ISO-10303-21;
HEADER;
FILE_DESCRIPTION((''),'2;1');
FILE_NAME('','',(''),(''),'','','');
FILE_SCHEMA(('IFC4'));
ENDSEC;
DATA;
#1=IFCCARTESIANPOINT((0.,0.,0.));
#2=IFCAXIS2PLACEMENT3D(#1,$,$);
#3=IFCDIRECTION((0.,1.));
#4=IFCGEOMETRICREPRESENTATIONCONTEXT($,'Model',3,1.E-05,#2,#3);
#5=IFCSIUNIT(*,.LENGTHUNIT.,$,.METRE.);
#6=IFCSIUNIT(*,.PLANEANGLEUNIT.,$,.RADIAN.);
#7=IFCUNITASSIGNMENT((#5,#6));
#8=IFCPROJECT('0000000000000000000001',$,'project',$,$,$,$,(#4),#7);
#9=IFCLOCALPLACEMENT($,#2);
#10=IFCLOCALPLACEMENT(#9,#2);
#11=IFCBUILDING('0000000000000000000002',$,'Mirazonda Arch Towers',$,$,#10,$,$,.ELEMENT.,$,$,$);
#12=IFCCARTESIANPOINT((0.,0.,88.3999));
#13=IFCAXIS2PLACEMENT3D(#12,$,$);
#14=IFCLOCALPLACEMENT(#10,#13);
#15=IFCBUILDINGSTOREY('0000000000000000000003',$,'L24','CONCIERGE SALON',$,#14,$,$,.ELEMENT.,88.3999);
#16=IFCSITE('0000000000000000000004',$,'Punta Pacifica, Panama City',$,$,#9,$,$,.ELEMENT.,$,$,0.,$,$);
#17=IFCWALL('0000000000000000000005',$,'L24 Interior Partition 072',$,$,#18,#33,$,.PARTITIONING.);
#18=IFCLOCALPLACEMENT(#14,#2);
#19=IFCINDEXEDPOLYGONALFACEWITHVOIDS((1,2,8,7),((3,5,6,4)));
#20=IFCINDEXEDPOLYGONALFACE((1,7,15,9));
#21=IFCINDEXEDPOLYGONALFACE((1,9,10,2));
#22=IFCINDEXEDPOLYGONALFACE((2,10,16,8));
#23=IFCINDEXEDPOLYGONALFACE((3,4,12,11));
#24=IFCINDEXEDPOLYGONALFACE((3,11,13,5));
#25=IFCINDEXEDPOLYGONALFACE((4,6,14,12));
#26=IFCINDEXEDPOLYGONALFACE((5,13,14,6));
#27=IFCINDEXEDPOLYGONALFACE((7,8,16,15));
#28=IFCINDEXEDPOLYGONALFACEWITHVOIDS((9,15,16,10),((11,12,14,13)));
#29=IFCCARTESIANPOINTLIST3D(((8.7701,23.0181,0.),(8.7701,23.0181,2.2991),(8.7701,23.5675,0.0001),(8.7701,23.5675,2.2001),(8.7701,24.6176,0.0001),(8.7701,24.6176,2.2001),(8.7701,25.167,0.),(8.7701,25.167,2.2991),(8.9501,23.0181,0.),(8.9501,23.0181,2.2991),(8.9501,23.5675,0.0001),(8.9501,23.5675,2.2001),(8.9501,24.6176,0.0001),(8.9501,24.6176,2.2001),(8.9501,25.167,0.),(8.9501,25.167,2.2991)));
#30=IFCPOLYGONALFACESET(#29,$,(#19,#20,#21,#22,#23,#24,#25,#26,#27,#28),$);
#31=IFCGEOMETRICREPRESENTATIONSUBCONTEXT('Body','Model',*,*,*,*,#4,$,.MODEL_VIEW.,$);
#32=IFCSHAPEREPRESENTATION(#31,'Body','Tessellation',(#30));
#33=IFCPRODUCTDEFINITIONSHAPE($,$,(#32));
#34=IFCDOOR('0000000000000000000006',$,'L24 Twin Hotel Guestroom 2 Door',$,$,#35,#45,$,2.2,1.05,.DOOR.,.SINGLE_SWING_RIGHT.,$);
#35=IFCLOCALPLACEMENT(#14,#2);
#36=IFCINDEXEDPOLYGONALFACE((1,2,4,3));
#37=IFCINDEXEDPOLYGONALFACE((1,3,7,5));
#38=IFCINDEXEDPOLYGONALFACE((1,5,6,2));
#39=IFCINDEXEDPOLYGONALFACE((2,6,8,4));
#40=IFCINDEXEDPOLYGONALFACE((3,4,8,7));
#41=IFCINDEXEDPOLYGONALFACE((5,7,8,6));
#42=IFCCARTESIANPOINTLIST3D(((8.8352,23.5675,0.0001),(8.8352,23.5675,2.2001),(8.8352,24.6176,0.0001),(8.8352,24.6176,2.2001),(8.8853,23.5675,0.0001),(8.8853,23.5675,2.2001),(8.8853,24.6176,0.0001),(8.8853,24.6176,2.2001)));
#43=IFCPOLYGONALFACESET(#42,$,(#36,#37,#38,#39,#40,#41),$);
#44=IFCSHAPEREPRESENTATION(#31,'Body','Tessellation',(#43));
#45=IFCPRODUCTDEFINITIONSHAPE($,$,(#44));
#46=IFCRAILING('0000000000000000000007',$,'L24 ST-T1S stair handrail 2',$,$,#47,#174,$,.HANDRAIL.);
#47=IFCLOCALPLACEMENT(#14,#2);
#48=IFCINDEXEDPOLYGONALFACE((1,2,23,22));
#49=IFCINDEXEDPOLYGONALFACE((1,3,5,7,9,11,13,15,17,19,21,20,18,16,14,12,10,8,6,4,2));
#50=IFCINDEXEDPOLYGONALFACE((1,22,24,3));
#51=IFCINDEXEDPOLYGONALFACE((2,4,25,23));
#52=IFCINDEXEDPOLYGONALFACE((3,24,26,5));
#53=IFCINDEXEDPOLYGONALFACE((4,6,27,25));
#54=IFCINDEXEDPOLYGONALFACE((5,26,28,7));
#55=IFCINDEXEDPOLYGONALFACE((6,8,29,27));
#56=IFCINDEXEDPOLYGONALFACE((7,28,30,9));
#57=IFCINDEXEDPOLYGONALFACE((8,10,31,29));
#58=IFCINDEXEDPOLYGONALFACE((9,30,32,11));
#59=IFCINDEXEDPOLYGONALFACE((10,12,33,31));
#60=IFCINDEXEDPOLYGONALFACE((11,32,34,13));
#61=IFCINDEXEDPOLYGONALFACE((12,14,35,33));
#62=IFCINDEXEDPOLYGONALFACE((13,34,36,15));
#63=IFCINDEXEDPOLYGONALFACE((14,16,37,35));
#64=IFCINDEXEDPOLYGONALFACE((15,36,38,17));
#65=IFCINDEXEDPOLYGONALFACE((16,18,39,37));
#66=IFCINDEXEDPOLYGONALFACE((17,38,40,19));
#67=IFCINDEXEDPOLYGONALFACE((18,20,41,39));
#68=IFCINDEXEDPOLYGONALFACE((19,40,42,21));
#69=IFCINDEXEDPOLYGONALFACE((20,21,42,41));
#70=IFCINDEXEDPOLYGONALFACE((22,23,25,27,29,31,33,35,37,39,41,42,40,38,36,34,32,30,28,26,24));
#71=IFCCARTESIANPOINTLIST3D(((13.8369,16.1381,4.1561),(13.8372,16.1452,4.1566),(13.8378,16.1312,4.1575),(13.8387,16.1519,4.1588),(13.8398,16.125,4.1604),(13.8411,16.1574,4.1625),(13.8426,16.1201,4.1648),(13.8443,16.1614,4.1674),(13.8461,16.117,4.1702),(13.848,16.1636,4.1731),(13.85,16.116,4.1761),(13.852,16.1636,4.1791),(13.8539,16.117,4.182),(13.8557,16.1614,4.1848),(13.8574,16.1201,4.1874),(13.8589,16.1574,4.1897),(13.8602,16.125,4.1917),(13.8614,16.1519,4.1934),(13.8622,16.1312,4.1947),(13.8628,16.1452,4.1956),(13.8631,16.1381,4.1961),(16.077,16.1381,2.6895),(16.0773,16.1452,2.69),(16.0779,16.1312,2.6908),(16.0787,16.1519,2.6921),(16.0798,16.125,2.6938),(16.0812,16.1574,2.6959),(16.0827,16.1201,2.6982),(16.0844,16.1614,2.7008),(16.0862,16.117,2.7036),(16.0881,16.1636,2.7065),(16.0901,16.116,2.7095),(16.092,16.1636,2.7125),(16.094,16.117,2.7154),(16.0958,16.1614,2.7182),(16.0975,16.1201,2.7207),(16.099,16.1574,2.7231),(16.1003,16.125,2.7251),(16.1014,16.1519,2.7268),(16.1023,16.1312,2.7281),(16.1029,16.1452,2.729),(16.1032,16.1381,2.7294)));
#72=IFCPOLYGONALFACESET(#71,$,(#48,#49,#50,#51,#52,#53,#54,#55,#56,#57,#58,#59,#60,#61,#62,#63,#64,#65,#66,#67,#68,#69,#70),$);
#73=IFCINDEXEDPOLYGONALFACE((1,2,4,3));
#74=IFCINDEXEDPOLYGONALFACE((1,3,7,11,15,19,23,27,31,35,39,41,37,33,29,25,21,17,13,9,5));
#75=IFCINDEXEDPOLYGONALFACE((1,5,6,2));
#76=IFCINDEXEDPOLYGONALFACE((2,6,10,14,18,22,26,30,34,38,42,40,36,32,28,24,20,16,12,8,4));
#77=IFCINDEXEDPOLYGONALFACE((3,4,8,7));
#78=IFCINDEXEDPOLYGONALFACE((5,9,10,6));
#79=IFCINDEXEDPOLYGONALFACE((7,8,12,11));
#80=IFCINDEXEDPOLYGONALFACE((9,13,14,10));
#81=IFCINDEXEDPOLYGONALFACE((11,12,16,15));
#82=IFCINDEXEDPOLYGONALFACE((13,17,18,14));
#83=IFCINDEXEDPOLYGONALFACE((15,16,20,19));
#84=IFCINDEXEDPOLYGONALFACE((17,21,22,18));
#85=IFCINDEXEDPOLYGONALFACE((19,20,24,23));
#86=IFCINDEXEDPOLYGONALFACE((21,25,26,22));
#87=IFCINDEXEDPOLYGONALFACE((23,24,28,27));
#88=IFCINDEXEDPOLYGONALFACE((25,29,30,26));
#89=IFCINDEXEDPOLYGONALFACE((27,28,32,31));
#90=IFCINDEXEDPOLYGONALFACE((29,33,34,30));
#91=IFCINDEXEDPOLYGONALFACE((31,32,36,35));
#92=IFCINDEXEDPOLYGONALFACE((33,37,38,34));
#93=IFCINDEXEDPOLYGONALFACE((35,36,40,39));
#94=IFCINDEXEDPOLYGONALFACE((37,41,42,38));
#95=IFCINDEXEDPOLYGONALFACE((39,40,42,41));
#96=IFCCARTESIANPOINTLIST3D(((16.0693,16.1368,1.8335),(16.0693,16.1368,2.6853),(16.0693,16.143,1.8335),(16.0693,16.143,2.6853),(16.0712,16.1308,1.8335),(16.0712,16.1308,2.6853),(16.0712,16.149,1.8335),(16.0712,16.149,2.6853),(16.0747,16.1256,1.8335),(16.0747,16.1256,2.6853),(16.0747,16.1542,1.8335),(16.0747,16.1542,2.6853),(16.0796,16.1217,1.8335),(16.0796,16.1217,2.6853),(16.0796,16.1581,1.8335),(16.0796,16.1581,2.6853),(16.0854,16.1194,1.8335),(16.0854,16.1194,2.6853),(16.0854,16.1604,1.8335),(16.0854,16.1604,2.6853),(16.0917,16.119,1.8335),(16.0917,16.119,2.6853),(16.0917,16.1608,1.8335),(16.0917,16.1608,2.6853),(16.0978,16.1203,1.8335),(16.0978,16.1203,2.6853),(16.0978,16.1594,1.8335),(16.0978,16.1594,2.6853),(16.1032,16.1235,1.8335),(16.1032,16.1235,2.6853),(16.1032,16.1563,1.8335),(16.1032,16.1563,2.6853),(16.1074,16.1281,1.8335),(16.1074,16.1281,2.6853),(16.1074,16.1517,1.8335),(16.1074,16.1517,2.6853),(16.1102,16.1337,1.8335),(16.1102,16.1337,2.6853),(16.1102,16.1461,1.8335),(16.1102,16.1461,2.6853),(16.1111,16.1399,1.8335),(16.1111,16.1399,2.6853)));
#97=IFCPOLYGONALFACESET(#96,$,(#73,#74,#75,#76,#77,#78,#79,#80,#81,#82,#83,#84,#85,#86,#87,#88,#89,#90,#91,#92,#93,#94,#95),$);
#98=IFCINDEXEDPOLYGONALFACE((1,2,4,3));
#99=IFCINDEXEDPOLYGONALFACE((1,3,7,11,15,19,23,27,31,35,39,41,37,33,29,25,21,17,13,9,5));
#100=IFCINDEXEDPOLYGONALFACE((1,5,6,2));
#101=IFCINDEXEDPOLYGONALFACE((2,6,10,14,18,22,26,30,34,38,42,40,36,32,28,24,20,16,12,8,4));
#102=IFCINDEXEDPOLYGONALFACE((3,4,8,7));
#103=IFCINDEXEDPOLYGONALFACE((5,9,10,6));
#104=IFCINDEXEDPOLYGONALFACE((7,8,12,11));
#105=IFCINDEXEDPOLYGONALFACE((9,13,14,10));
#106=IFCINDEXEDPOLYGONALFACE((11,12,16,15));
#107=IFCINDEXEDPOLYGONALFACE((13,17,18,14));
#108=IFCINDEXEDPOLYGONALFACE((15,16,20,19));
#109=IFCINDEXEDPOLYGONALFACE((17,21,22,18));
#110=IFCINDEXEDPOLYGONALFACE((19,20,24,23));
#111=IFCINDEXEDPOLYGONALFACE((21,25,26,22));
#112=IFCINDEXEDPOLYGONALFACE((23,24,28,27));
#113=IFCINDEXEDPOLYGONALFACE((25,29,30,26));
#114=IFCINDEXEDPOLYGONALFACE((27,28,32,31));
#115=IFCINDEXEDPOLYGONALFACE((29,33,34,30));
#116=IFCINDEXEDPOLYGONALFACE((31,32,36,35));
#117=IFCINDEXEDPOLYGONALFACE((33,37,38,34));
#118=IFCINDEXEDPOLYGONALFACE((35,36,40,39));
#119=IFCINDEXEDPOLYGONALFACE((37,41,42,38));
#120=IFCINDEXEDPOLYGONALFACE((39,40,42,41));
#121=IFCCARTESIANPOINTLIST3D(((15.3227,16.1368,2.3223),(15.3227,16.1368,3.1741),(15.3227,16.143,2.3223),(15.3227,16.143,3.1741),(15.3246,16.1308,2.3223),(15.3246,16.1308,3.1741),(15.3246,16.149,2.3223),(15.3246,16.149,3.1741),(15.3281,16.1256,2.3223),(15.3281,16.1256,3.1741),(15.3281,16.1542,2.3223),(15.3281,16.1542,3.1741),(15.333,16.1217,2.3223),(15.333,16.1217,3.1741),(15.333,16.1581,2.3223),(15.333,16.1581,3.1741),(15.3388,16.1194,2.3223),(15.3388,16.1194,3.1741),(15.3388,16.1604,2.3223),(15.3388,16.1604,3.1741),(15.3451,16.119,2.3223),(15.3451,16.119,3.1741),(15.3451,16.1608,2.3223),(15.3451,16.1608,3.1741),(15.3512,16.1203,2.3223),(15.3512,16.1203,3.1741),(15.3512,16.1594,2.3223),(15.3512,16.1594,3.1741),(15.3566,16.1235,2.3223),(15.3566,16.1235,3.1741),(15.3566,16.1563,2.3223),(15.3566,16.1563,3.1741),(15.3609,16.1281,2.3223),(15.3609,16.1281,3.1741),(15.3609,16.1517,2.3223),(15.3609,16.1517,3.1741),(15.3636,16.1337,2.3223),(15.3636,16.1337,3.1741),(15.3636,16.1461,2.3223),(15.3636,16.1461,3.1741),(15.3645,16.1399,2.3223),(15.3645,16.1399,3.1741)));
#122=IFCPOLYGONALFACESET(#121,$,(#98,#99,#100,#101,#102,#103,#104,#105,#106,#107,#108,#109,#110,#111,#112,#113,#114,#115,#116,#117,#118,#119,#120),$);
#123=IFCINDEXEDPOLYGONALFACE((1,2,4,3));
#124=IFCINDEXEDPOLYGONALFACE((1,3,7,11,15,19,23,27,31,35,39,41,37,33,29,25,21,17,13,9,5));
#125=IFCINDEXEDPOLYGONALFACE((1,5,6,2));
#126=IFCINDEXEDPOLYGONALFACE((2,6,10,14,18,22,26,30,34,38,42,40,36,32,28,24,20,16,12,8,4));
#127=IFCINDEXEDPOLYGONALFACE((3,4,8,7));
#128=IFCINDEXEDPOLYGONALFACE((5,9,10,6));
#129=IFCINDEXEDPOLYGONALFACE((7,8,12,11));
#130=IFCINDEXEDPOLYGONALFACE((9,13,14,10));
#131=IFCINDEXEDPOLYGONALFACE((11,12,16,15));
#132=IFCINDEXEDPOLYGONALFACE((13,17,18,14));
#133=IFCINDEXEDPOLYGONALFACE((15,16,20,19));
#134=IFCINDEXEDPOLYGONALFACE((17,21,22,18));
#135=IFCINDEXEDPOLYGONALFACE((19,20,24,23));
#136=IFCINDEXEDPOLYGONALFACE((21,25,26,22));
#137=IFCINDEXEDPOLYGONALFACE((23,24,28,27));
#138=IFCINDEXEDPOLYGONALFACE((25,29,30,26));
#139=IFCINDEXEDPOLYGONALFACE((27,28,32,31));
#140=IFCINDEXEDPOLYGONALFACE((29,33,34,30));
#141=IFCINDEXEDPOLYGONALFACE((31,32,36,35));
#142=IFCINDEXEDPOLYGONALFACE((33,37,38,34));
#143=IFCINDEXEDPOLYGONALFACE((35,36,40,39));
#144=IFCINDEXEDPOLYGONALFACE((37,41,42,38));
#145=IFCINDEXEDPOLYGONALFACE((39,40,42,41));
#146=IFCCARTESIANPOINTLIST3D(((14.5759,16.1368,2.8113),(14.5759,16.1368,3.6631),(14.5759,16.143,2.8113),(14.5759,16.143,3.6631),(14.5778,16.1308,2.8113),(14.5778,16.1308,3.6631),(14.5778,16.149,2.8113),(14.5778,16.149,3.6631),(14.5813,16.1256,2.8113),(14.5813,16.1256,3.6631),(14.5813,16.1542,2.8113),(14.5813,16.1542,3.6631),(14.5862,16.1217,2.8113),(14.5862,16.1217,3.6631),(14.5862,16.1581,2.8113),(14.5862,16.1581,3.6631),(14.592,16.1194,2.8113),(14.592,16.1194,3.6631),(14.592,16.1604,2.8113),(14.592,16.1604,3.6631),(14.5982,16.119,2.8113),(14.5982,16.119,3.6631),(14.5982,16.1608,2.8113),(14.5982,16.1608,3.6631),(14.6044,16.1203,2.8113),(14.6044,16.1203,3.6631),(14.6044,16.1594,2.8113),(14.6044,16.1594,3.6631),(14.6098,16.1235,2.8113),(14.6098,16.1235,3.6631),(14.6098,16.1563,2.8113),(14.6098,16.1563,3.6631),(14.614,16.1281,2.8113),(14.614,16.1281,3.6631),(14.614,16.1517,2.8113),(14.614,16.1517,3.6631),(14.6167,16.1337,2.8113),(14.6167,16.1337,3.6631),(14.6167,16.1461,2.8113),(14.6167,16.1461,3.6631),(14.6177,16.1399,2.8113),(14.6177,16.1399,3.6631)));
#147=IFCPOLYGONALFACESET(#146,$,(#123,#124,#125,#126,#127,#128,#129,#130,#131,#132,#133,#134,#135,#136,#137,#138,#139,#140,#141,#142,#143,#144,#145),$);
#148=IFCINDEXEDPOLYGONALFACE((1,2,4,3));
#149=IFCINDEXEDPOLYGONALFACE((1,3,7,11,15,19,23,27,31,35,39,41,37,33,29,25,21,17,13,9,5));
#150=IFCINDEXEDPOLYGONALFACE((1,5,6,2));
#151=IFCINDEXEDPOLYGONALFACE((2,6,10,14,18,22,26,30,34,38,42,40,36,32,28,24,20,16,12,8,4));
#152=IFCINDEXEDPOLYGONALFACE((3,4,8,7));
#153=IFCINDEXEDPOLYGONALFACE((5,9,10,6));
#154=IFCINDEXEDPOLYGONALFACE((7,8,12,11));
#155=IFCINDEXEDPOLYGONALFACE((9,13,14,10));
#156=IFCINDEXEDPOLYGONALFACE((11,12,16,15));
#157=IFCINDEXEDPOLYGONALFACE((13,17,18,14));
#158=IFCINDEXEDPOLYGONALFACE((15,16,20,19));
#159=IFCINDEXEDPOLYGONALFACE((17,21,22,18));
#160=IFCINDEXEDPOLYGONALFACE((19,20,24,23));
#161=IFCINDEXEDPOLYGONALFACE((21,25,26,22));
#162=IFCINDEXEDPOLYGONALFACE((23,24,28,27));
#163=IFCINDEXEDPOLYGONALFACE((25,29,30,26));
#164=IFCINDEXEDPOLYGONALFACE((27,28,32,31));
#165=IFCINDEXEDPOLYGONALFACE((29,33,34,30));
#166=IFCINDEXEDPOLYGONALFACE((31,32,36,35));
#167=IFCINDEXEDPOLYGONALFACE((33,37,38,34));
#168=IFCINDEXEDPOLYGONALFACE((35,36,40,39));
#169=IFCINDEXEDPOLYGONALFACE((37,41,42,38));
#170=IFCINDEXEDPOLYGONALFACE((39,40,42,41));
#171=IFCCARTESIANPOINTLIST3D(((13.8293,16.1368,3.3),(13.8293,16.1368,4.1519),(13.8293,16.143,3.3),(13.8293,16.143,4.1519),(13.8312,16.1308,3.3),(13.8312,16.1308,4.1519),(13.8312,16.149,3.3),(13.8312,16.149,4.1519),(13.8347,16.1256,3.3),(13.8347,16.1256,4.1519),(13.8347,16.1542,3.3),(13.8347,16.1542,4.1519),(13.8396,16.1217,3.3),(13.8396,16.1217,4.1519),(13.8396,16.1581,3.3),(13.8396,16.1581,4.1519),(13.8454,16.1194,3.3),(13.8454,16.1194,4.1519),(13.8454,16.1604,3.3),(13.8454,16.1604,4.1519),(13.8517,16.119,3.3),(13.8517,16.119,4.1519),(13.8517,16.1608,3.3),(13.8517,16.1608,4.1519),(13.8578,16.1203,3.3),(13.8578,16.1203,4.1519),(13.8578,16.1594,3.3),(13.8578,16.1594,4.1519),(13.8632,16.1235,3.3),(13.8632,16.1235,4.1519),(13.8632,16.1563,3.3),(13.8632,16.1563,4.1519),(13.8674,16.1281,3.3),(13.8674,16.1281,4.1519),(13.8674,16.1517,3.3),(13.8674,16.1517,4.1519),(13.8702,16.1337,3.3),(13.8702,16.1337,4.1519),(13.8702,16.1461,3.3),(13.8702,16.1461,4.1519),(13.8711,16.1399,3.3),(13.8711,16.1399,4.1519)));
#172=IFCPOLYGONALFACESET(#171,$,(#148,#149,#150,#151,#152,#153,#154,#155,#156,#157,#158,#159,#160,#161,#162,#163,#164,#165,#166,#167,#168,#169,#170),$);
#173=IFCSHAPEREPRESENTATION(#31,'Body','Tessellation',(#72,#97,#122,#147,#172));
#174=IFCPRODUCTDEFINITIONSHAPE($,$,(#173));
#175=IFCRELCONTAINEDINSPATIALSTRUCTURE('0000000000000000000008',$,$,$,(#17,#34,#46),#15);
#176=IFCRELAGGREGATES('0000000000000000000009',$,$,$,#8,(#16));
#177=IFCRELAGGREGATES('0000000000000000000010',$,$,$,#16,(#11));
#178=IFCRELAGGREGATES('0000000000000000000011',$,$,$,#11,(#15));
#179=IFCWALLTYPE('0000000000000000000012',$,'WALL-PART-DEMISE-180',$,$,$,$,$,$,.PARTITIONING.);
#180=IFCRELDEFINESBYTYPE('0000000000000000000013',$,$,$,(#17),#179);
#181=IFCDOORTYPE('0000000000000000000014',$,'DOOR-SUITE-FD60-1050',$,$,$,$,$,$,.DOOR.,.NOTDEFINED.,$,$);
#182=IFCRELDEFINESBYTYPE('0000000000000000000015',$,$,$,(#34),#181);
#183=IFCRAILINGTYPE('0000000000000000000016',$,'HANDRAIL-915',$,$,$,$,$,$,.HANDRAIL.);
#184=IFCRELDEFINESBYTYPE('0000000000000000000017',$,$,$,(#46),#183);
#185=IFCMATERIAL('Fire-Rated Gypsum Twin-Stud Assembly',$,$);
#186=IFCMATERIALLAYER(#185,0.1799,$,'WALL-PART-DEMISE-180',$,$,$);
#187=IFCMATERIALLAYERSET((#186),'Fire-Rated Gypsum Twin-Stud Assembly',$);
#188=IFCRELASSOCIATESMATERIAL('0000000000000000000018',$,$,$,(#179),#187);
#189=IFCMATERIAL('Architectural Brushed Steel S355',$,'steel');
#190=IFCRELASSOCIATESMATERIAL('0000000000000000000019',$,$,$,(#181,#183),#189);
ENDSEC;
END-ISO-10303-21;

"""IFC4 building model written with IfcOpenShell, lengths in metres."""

from ifc_helpers import new_model, si_unit, direction, frame, frame_2d, origin, origin_2d, place, context, subcontext, project, spatial, rectangle, circle, extrude, material, layer, layer_set, type_object, element, fill, save


model = new_model("IFC4")

# Units and contexts
model_context = context("Model", 3, precision=1e-05, world=origin(), true_north=direction((0.0, 1.0)))
body_context = subcontext(model_context, "Body", "Model", "MODEL_VIEW")
ifc_project = project(units=[si_unit("LENGTHUNIT", "METRE"), si_unit("PLANEANGLEUNIT", "RADIAN")], contexts=[model_context])

# Site, building, storey
site_placement = place(None, origin())
site = spatial("IfcSite", under=ifc_project, at=site_placement, Name="Punta Pacifica, Panama City", CompositionType="ELEMENT", RefElevation=0.0)
building_placement = place(site_placement, origin())
building = spatial("IfcBuilding", under=site, at=building_placement, Name="Mirazonda Arch Towers", CompositionType="ELEMENT")
storey_placement = place(building_placement, frame((0.0, 0.0, 88.3999)))
storey = spatial("IfcBuildingStorey", under=building, at=storey_placement, Name="L24", Description="CONCIERGE SALON", CompositionType="ELEMENT", Elevation=88.3999)

# Shared definitions
ifc_material_1 = material(Name="Architectural Brushed Steel S355", Category="steel")

# Shared definitions
ifc_material_2 = material(Name="Fire-Rated Gypsum Twin-Stud Assembly")
ifc_layer_1 = layer(ifc_material_2, 0.1799, Name="WALL-PART-DEMISE-180")
ifc_layer_set_1 = layer_set([ifc_layer_1], Name="Fire-Rated Gypsum Twin-Stud Assembly")
wall_type_1 = type_object("IfcWallType", Name="WALL-PART-DEMISE-180", PredefinedType="PARTITIONING", material=ifc_layer_set_1)

# Wall, opening, door
wall_1_placement = place(storey_placement, frame((8.8601, 23.0181, 0.0), z_axis=(0.0, 0.0, 1.0), x_axis=(0.0, 1.0, 0.0)))
wall_1 = element("IfcWall", 1, at=wall_1_placement, inside=storey, type_object=wall_type_1, Name="L24 Interior Partition 072", PredefinedType="PARTITIONING", context=body_context, shape_type="SweptSolid", body=[
    extrude(rectangle(XDim=2.1489, YDim=0.1799, at=frame_2d((1.0745, 0.0))), origin(), (0.0, 0.0, 1.0), 2.2991),
])
opening_1_placement = place(wall_1_placement, frame((0.5496, 0.0, 0.0)))
opening_1 = element("IfcOpeningElement", 2, at=opening_1_placement, cuts=wall_1, PredefinedType="OPENING", context=body_context, shape_type="SweptSolid", body=[
    extrude(rectangle(XDim=1.05, YDim=2.2, at=frame_2d((0.5249, 1.1001))), frame((0.0, 0.0999, 0.0), z_axis=(0.0, -1.0, 0.0), x_axis=(1.0, 0.0, 0.0)), (0.0, 0.0, 1.0), 0.2),
])
door_type_1 = type_object("IfcDoorType", Name="DOOR-SUITE-FD60-1050", OperationType="NOTDEFINED", PredefinedType="DOOR", material=ifc_material_1)
door_1_placement = place(opening_1_placement, origin())
door_1 = element("IfcDoor", 3, at=door_1_placement, inside=storey, type_object=door_type_1, Name="L24 Twin Hotel Guestroom 2 Door", OperationType="SINGLE_SWING_RIGHT", OverallHeight=2.2, OverallWidth=1.05, PredefinedType="DOOR", context=body_context, shape_type="SweptSolid", body=[
    extrude(rectangle(XDim=1.05, YDim=2.2, at=frame_2d((0.5249, 1.1001))), frame((0.0, 0.0249, 0.0), z_axis=(0.0, -1.0, 0.0), x_axis=(1.0, 0.0, 0.0)), (0.0, 0.0, 1.0), 0.05),
])
fill(opening_1, door_1)

# Railing
railing_type = type_object("IfcRailingType", Name="HANDRAIL-915", PredefinedType="HANDRAIL", material=ifc_material_1)
railing_placement = place(storey_placement, frame((16.0901, 16.1399, 1.8335)))
element("IfcRailing", 4, at=railing_placement, inside=storey, type_object=railing_type, Name="L24 ST-T1S stair handrail 2", PredefinedType="HANDRAIL", context=body_context, shape_type="SweptSolid", body=[
    extrude(circle(Radius=0.0239, at=origin_2d()), frame((0.0, 0.0, 0.876), z_axis=(-0.836637, 0.0, 0.547758), x_axis=(0.0, -1.0, 0.0)), (0.0, 0.0, 1.0), 2.6775),
    extrude(circle(Radius=0.021, at=origin_2d()), origin(), (0.0, 0.0, 1.0), 0.8518),
    extrude(circle(Radius=0.021, at=origin_2d()), frame((-0.7466, 0.0, 0.4888)), (0.0, 0.0, 1.0), 0.8518),
    extrude(circle(Radius=0.021, at=origin_2d()), frame((-1.4934, 0.0, 0.9778)), (0.0, 0.0, 1.0), 0.8518),
    extrude(circle(Radius=0.021, at=origin_2d()), frame((-2.24, 0.0, 1.4666)), (0.0, 0.0, 1.0), 0.8518),
])

save(model, "model.ifc")
